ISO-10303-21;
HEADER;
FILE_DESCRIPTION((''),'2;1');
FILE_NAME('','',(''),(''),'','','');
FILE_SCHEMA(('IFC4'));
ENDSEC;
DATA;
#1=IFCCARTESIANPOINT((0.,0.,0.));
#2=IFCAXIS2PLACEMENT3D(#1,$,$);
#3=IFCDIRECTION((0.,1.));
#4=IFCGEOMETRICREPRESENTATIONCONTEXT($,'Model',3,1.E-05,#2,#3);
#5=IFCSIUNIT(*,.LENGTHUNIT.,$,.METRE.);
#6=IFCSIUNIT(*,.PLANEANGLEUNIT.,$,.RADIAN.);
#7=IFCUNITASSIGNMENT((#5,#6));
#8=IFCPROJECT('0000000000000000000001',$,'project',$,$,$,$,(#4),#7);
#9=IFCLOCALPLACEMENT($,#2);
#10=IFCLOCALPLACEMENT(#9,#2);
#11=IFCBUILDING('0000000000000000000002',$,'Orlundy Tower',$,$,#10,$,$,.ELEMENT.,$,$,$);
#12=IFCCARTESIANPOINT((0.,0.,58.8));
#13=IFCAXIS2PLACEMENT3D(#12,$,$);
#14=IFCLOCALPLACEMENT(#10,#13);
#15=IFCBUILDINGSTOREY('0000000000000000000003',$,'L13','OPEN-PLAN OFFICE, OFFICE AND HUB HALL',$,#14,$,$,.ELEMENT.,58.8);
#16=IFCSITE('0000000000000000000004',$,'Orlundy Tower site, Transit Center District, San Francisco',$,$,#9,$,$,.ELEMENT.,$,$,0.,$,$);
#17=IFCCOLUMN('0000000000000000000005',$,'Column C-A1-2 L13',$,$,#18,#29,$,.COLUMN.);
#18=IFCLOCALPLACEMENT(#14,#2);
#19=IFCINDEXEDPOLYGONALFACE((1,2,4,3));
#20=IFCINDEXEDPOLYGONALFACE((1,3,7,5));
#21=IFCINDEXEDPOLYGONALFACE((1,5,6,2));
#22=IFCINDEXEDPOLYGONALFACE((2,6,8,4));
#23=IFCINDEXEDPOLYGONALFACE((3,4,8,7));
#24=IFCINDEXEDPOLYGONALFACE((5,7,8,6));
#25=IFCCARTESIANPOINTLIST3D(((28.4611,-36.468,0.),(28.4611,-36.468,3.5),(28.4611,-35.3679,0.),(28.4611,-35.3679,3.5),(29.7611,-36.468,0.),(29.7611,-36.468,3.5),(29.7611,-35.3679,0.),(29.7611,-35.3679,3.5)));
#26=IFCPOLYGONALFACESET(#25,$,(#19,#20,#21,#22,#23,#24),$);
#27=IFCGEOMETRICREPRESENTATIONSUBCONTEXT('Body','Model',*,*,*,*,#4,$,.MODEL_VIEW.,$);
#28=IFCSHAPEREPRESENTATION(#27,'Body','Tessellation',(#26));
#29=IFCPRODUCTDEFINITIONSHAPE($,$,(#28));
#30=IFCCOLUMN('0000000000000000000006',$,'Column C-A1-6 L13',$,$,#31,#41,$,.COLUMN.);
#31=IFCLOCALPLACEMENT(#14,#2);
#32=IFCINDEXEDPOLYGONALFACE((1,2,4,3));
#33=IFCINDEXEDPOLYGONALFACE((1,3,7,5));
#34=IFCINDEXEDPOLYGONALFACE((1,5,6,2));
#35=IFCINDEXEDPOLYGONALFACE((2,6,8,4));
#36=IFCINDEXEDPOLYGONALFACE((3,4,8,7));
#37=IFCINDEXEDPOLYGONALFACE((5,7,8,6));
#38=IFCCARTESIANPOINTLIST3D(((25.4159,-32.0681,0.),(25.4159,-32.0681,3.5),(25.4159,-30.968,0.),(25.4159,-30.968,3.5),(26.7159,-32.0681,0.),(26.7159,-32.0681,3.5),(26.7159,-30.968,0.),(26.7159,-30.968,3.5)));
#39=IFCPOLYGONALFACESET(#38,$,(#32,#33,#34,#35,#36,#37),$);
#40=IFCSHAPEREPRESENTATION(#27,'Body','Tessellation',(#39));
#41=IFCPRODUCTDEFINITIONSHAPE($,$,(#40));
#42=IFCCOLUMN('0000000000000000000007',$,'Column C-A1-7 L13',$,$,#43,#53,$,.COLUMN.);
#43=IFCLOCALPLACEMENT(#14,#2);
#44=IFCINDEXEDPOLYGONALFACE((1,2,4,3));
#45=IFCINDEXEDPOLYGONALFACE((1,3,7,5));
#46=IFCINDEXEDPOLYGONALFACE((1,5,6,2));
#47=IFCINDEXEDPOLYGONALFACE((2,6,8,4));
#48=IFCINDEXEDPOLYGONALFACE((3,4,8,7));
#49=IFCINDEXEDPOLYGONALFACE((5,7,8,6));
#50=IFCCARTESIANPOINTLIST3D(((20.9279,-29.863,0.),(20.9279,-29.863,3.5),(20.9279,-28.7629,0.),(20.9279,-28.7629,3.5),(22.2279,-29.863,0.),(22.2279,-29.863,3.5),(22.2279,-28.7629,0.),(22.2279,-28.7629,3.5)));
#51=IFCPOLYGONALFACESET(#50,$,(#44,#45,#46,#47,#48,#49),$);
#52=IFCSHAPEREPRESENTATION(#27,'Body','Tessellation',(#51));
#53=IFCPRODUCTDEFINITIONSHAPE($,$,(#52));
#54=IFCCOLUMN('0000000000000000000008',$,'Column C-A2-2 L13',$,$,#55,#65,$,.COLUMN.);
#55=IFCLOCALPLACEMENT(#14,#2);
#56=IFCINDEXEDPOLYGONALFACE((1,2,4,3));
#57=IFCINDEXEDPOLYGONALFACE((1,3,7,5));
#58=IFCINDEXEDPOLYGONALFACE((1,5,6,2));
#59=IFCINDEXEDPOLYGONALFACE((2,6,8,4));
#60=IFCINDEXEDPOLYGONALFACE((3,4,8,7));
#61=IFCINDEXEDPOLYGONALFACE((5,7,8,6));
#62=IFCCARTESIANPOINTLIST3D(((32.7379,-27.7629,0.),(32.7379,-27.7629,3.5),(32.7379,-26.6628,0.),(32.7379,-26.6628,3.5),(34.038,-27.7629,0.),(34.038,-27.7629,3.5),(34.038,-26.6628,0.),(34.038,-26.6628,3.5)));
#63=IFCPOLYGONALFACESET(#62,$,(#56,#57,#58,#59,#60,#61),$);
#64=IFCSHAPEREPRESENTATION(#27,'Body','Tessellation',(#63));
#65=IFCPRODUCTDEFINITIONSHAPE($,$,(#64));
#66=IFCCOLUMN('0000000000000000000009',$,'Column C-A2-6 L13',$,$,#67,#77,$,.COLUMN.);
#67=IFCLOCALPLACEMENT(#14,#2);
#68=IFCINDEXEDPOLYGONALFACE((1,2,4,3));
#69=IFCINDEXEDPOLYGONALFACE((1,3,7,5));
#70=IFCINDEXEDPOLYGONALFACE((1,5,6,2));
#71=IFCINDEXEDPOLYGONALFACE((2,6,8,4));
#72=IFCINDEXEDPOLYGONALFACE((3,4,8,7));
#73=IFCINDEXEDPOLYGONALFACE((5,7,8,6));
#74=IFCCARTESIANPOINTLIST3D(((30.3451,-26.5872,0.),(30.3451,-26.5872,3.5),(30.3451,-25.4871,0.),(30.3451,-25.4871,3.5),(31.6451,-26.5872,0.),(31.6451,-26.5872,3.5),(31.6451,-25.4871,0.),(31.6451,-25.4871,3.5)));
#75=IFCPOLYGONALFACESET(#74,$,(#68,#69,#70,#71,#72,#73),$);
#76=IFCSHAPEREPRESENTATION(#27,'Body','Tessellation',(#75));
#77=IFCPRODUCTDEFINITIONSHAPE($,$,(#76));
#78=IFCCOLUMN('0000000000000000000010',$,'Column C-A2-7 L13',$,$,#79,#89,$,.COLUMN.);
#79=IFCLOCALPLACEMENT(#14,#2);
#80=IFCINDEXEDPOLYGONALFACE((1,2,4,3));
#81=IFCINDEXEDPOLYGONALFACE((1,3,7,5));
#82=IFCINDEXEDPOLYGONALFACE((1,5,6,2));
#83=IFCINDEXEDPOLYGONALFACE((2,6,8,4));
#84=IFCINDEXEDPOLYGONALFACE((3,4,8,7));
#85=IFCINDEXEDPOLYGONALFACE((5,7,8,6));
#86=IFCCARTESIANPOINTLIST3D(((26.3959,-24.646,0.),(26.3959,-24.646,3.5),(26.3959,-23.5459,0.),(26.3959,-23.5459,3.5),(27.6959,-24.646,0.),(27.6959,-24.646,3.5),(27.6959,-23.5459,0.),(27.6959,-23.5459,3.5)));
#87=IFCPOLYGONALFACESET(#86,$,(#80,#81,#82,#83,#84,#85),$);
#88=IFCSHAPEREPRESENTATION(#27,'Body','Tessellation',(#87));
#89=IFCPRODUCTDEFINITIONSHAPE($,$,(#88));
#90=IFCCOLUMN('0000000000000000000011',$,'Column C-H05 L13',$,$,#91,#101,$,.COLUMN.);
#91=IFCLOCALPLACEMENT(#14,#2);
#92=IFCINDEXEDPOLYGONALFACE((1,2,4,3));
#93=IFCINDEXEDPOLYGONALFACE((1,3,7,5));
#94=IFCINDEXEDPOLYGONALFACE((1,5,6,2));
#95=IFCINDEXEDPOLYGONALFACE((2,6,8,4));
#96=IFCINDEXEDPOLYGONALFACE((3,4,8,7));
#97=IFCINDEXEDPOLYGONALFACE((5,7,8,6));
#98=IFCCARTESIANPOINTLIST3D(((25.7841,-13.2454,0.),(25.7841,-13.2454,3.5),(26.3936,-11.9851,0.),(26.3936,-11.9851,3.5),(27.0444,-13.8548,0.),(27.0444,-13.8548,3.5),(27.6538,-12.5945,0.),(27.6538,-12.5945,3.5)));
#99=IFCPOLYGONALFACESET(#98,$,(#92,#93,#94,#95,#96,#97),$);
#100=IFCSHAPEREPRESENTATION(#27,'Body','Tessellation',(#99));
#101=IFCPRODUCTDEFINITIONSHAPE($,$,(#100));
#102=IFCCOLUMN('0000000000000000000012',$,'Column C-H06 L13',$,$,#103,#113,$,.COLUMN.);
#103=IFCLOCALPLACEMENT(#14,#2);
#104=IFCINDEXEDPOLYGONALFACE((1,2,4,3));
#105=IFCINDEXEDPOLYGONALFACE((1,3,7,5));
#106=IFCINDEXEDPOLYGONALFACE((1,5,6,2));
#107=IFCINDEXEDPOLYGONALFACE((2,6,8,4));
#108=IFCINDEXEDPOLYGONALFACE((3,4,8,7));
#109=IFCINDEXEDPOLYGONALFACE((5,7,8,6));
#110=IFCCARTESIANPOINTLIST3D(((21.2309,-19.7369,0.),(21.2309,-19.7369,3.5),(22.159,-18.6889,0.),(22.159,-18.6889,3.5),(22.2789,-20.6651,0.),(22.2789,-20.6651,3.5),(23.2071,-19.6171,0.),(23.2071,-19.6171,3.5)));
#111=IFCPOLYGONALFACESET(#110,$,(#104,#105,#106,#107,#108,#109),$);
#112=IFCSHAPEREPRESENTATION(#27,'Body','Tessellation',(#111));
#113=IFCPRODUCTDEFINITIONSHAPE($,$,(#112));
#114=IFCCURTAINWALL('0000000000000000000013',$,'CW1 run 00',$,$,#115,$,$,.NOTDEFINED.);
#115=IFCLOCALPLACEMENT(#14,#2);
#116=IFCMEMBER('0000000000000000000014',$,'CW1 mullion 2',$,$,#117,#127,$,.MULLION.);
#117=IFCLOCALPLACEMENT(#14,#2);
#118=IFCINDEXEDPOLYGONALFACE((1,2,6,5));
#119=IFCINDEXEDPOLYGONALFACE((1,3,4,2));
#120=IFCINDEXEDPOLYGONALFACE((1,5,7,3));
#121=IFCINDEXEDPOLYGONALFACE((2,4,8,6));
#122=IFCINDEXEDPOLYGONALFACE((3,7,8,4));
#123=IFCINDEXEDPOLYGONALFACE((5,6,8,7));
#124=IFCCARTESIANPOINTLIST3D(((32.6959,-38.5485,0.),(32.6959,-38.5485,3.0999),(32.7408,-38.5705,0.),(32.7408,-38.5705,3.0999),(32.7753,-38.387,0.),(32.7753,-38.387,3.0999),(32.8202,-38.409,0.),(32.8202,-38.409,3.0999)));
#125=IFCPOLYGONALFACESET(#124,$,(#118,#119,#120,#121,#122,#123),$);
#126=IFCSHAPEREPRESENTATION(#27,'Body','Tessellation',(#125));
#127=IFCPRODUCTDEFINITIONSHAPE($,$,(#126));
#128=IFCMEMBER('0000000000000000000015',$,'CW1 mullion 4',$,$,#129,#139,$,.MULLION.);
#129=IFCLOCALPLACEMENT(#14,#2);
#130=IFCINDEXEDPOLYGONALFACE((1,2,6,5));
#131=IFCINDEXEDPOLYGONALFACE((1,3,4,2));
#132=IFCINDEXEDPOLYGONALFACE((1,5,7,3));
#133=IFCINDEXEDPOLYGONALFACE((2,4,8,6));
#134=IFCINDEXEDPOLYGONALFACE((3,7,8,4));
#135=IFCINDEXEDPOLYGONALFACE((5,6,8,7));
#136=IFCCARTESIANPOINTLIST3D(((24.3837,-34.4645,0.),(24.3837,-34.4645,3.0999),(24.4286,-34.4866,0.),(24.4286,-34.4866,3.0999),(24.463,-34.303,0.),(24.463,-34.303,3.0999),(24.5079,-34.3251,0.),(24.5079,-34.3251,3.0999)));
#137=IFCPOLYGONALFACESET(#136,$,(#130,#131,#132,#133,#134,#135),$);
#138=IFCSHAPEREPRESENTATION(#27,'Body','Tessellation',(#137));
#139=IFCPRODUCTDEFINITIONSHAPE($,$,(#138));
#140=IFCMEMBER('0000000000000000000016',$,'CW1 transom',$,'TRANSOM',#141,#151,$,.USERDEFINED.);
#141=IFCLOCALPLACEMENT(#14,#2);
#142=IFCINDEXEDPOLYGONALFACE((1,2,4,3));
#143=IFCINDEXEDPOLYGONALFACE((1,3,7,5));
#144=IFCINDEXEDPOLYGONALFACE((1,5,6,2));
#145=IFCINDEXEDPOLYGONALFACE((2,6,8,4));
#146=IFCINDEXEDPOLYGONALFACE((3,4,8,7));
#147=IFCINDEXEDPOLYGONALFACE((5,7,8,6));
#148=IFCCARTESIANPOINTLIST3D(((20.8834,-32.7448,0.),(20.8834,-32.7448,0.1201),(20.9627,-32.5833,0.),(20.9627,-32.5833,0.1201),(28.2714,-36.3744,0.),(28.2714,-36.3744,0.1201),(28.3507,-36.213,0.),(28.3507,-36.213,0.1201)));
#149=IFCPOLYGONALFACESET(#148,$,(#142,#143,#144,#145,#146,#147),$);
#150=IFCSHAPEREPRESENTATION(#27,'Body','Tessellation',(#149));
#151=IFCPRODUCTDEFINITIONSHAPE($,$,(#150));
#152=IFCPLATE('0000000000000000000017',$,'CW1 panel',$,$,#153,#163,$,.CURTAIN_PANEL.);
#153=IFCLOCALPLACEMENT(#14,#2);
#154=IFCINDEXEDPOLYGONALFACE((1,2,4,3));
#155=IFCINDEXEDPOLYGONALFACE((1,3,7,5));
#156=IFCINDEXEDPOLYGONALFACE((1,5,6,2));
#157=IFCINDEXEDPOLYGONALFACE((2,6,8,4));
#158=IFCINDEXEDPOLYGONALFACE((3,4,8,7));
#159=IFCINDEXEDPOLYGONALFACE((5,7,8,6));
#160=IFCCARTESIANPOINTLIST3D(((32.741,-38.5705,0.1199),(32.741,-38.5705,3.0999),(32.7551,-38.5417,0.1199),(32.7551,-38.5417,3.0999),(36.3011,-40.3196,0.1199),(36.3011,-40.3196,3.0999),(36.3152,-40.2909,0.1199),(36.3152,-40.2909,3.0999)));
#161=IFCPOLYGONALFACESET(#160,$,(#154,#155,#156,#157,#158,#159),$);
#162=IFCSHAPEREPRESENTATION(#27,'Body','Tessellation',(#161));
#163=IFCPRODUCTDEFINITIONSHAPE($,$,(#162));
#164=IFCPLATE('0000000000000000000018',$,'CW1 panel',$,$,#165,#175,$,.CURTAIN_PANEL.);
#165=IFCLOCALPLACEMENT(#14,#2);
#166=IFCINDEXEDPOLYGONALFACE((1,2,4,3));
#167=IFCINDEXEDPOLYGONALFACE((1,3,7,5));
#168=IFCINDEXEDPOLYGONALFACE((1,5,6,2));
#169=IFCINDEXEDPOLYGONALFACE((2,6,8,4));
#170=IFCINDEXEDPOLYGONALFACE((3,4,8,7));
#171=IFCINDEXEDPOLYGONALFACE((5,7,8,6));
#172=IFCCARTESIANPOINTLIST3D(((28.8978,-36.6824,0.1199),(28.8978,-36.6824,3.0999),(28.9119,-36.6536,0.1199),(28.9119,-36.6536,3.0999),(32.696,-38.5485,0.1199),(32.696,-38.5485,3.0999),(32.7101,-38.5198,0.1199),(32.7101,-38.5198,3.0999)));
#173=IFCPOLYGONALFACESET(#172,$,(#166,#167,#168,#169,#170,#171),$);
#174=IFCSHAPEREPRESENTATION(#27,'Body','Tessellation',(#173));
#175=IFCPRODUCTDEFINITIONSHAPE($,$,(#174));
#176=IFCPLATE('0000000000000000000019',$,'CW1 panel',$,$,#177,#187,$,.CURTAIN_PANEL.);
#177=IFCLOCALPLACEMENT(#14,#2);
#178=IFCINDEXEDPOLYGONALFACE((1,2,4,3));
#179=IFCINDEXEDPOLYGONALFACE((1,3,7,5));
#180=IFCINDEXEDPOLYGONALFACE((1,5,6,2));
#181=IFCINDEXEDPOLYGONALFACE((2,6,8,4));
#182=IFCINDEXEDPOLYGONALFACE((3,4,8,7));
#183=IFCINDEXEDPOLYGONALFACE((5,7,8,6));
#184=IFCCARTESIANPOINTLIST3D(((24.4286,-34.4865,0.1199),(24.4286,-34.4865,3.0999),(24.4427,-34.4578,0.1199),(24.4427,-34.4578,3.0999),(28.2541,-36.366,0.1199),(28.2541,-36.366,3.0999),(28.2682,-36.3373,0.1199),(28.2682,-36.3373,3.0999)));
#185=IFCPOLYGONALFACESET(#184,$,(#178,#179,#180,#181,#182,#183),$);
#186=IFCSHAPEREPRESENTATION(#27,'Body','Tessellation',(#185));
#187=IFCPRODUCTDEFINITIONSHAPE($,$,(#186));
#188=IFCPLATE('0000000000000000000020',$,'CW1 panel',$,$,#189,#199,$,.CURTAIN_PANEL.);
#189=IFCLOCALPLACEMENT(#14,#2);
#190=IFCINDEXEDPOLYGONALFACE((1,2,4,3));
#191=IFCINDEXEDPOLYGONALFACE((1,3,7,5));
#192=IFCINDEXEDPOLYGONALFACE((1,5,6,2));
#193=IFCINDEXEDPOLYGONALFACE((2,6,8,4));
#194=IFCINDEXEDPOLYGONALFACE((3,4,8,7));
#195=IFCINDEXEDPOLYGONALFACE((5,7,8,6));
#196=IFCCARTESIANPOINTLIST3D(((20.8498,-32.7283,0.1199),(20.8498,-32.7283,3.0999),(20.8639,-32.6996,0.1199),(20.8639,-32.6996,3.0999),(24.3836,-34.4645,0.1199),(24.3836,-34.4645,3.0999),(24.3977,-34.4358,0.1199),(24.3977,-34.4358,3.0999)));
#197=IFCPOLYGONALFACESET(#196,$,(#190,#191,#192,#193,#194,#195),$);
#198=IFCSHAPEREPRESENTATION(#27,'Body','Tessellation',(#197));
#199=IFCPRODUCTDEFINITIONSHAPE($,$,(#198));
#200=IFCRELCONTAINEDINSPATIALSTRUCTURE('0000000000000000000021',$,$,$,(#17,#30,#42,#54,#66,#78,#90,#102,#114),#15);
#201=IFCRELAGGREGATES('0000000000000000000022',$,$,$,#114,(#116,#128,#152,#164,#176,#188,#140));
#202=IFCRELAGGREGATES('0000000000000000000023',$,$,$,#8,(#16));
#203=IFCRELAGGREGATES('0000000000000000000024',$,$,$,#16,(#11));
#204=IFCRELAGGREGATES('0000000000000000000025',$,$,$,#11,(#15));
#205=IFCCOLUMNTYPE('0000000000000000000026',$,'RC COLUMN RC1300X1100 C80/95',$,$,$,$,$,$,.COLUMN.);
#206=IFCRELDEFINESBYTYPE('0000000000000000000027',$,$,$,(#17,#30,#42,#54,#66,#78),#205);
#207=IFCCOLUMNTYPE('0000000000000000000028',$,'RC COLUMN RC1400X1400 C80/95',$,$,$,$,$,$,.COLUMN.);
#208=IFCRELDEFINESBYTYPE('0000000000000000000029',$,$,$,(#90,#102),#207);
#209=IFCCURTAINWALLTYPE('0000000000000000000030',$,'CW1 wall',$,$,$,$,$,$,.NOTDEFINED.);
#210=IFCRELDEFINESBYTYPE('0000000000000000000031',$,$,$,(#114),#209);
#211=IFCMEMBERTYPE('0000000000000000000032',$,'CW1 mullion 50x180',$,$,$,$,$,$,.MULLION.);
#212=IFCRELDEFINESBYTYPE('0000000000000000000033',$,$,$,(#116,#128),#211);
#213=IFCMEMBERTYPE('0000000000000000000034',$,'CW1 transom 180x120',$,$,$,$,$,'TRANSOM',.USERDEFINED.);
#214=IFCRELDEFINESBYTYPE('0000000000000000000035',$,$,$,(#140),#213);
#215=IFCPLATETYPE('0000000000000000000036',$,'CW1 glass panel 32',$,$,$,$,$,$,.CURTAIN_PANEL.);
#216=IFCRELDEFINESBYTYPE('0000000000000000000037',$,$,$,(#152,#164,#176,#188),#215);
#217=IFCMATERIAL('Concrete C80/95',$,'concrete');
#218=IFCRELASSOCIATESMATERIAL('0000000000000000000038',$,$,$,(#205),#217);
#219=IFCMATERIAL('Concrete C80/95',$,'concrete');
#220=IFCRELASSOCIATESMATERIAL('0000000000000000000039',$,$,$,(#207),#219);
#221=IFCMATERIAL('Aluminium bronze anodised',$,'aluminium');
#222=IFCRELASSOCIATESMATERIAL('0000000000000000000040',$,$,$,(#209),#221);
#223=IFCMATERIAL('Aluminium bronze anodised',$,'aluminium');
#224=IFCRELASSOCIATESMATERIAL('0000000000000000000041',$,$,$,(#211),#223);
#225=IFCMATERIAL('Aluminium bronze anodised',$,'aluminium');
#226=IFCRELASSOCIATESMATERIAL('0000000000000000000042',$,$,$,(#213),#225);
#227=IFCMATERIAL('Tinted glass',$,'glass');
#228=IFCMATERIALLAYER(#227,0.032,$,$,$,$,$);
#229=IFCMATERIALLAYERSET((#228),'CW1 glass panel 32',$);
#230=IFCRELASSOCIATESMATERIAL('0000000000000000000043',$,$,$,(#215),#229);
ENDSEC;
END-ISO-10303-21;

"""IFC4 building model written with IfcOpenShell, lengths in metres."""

from ifc_helpers import new_model, si_unit, direction, frame, origin, origin_2d, place, context, subcontext, project, spatial, rectangle, extrude, material, layer, layer_set, material_profile, profile_set, type_object, element, aggregate, save


model = new_model("IFC4")

# Units and contexts
model_context = context("Model", 3, precision=1e-05, world=origin(), true_north=direction((0.0, 1.0)))
body_context = subcontext(model_context, "Body", "Model", "MODEL_VIEW")
ifc_project = project(units=[si_unit("LENGTHUNIT", "METRE"), si_unit("PLANEANGLEUNIT", "RADIAN")], contexts=[model_context])

# Site, building, storey
site_placement = place(None, origin())
site = spatial("IfcSite", under=ifc_project, at=site_placement, Name="Orlundy Tower site, Transit Center District, San Francisco", CompositionType="ELEMENT", RefElevation=0.0)
building_placement = place(site_placement, origin())
building = spatial("IfcBuilding", under=site, at=building_placement, Name="Orlundy Tower", CompositionType="ELEMENT")
storey_placement = place(building_placement, frame((0.0, 0.0, 58.8)))
storey = spatial("IfcBuildingStorey", under=building, at=storey_placement, Name="L13", Description="OPEN-PLAN OFFICE, OFFICE AND HUB HALL", CompositionType="ELEMENT", Elevation=58.8)

# Columns
ifc_material_1 = material(Name="Concrete C80/95", Category="concrete")
ifc_material_profile_1 = material_profile(ifc_material_1, rectangle(XDim=1.3, YDim=1.1001, at=origin_2d()), Name="RC1300X1100")
ifc_profile_set_1 = profile_set([ifc_material_profile_1], Name="Concrete C80/95")
column_type_1 = type_object("IfcColumnType", Name="RC COLUMN RC1300X1100 C80/95", PredefinedType="COLUMN", material=ifc_profile_set_1)
for number, where, z_axis, x_axis, name in (
    (1, (29.1111, -35.918, 0.0), (0.0, 0.0, 1.0), (1.0, 0.0, 0.0), "Column C-A1-2 L13"),
    (2, (26.0659, -31.5181, 0.0), (0.0, 0.0, 1.0), (1.0, 0.0, 0.0), "Column C-A1-6 L13"),
    (3, (21.5779, -29.313, 0.0), (0.0, 0.0, 1.0), (1.0, 0.0, 0.0), "Column C-A1-7 L13"),
    (4, (33.3879, -27.2129, 0.0), (0.0, 0.0, 1.0), (1.0, 0.0, 0.0), "Column C-A2-2 L13"),
    (5, (30.9951, -26.0371, 0.0), (0.0, 0.0, 1.0), (1.0, 0.0, 0.0), "Column C-A2-6 L13"),
    (6, (27.0459, -24.0959, 0.0), (0.0, 0.0, 1.0), (1.0, 0.0, 0.0), "Column C-A2-7 L13"),
):
    element("IfcColumn", number, at=place(storey_placement, frame(where, z_axis=z_axis, x_axis=x_axis)), inside=storey, type_object=column_type_1, Name=name, PredefinedType="COLUMN", context=body_context, shape_type="SweptSolid", body=[
        extrude(rectangle(XDim=1.3, YDim=1.1001, at=origin_2d()), origin(), (0.0, 0.0, 1.0), 3.5),
    ])
ifc_material_2 = material(Name="Concrete C80/95", Category="concrete")
ifc_material_profile_2 = material_profile(ifc_material_2, rectangle(XDim=1.3999, YDim=1.3999, at=origin_2d()), Name="RC1400X1400")
ifc_profile_set_2 = profile_set([ifc_material_profile_2], Name="Concrete C80/95")
column_type_2 = type_object("IfcColumnType", Name="RC COLUMN RC1400X1400 C80/95", PredefinedType="COLUMN", material=ifc_profile_set_2)
for number, where, z_axis, x_axis, name in (
    (7, (26.719, -12.9199, 0.0), (0.0, 0.0, 1.0), (0.900273, -0.435325, 0.0), "Column C-H05 L13"),
    (8, (22.219, -19.677, 0.0), (0.0, 0.0, 1.0), (0.748632, -0.662986, 0.0), "Column C-H06 L13"),
):
    element("IfcColumn", number, at=place(storey_placement, frame(where, z_axis=z_axis, x_axis=x_axis)), inside=storey, type_object=column_type_2, Name=name, PredefinedType="COLUMN", context=body_context, shape_type="SweptSolid", body=[
        extrude(rectangle(XDim=1.3999, YDim=1.3999, at=origin_2d()), origin(), (0.0, 0.0, 1.0), 3.5),
    ])

# Curtain wall, members, plates
ifc_material_3 = material(Name="Aluminium bronze anodised", Category="aluminium")
curtain_wall_type = type_object("IfcCurtainWallType", Name="CW1 wall", PredefinedType="NOTDEFINED", material=ifc_material_3)
curtain_wall_placement = place(storey_placement, origin())
curtain_wall = element("IfcCurtainWall", 9, at=curtain_wall_placement, inside=storey, type_object=curtain_wall_type, Name="CW1 run 00", PredefinedType="NOTDEFINED")
ifc_material_4 = material(Name="Aluminium bronze anodised", Category="aluminium")
ifc_material_profile_3 = material_profile(ifc_material_4, rectangle(XDim=0.1799, YDim=0.05, at=origin_2d()), Name="CW1 mullion 50x180")
ifc_profile_set_3 = profile_set([ifc_material_profile_3], Name="Aluminium bronze anodised")
member_type_1 = type_object("IfcMemberType", Name="CW1 mullion 50x180", PredefinedType="MULLION", material=ifc_profile_set_3)
member_1_placement = place(storey_placement, frame((32.7581, -38.4788, 0.0), z_axis=(0.0, 0.0, 1.0), x_axis=(-0.440969, -0.897522, 0.0)))
member_1 = element("IfcMember", 10, at=member_1_placement, type_object=member_type_1, Name="CW1 mullion 2", PredefinedType="MULLION", context=body_context, shape_type="SweptSolid", body=[
    extrude(rectangle(XDim=0.1799, YDim=0.05, at=origin_2d()), origin(), (0.0, 0.0, 1.0), 3.0999),
])
member_2_placement = place(storey_placement, frame((24.4458, -34.3948, 0.0), z_axis=(0.0, 0.0, 1.0), x_axis=(-0.440969, -0.897522, 0.0)))
member_2 = element("IfcMember", 11, at=member_2_placement, type_object=member_type_1, Name="CW1 mullion 4", PredefinedType="MULLION", context=body_context, shape_type="SweptSolid", body=[
    extrude(rectangle(XDim=0.1799, YDim=0.05, at=origin_2d()), origin(), (0.0, 0.0, 1.0), 3.0999),
])
ifc_material_5 = material(Name="Aluminium bronze anodised", Category="aluminium")
ifc_material_profile_4 = material_profile(ifc_material_5, rectangle(XDim=0.1799, YDim=0.1201, at=origin_2d()), Name="CW1 transom 180x120")
ifc_profile_set_4 = profile_set([ifc_material_profile_4], Name="Aluminium bronze anodised")
member_type_2 = type_object("IfcMemberType", Name="CW1 transom 180x120", ElementType="TRANSOM", PredefinedType="USERDEFINED", material=ifc_profile_set_4)
member_3_placement = place(storey_placement, frame((28.311, -36.2937, 0.0601), z_axis=(-0.897531, 0.44095, 0.0), x_axis=(-0.44095, -0.897531, 0.0)))
member_3 = element("IfcMember", 12, at=member_3_placement, type_object=member_type_2, Name="CW1 transom", ObjectType="TRANSOM", PredefinedType="USERDEFINED", context=body_context, shape_type="SweptSolid", body=[
    extrude(rectangle(XDim=0.1799, YDim=0.1201, at=origin_2d()), origin(), (0.0, 0.0, 1.0), 8.2314),
])
ifc_material_6 = material(Name="Tinted glass", Category="glass")
ifc_layer_1 = layer(ifc_material_6, 0.032)
ifc_layer_set_1 = layer_set([ifc_layer_1], Name="CW1 glass panel 32")
plate_type = type_object("IfcPlateType", Name="CW1 glass panel 32", PredefinedType="CURTAIN_PANEL", material=ifc_layer_set_1)
plate_1_placement = place(storey_placement, frame((34.5281, -39.4307, 0.1199), z_axis=(0.0, 0.0, 1.0), x_axis=(-0.897522, 0.440969, 0.0)))
plate_1 = element("IfcPlate", 13, at=plate_1_placement, type_object=plate_type, Name="CW1 panel", PredefinedType="CURTAIN_PANEL", context=body_context, shape_type="SweptSolid", body=[
    extrude(rectangle(XDim=3.9666, YDim=0.032, at=origin_2d()), origin(), (0.0, 0.0, 1.0), 2.98),
])
plate_2_placement = place(storey_placement, frame((30.804, -37.6011, 0.1199), z_axis=(0.0, 0.0, 1.0), x_axis=(-0.897522, 0.440969, 0.0)))
plate_2 = element("IfcPlate", 14, at=plate_2_placement, type_object=plate_type, Name="CW1 panel", PredefinedType="CURTAIN_PANEL", context=body_context, shape_type="SweptSolid", body=[
    extrude(rectangle(XDim=4.2319, YDim=0.032, at=origin_2d()), origin(), (0.0, 0.0, 1.0), 2.98),
])
plate_3_placement = place(storey_placement, frame((26.3484, -35.4119, 0.1199), z_axis=(0.0, 0.0, 1.0), x_axis=(-0.897522, 0.440969, 0.0)))
plate_3 = element("IfcPlate", 15, at=plate_3_placement, type_object=plate_type, Name="CW1 panel", PredefinedType="CURTAIN_PANEL", context=body_context, shape_type="SweptSolid", body=[
    extrude(rectangle(XDim=4.2622, YDim=0.032, at=origin_2d()), origin(), (0.0, 0.0, 1.0), 2.98),
])
plate_4_placement = place(storey_placement, frame((22.6238, -33.582, 0.1199), z_axis=(0.0, 0.0, 1.0), x_axis=(-0.897522, 0.440969, 0.0)))
plate_4 = element("IfcPlate", 16, at=plate_4_placement, type_object=plate_type, Name="CW1 panel", PredefinedType="CURTAIN_PANEL", context=body_context, shape_type="SweptSolid", body=[
    extrude(rectangle(XDim=3.9373, YDim=0.032, at=origin_2d()), origin(), (0.0, 0.0, 1.0), 2.98),
])
aggregate(curtain_wall, [member_1, member_2, plate_1, plate_2, plate_3, plate_4, member_3])

save(model, "model.ifc")
